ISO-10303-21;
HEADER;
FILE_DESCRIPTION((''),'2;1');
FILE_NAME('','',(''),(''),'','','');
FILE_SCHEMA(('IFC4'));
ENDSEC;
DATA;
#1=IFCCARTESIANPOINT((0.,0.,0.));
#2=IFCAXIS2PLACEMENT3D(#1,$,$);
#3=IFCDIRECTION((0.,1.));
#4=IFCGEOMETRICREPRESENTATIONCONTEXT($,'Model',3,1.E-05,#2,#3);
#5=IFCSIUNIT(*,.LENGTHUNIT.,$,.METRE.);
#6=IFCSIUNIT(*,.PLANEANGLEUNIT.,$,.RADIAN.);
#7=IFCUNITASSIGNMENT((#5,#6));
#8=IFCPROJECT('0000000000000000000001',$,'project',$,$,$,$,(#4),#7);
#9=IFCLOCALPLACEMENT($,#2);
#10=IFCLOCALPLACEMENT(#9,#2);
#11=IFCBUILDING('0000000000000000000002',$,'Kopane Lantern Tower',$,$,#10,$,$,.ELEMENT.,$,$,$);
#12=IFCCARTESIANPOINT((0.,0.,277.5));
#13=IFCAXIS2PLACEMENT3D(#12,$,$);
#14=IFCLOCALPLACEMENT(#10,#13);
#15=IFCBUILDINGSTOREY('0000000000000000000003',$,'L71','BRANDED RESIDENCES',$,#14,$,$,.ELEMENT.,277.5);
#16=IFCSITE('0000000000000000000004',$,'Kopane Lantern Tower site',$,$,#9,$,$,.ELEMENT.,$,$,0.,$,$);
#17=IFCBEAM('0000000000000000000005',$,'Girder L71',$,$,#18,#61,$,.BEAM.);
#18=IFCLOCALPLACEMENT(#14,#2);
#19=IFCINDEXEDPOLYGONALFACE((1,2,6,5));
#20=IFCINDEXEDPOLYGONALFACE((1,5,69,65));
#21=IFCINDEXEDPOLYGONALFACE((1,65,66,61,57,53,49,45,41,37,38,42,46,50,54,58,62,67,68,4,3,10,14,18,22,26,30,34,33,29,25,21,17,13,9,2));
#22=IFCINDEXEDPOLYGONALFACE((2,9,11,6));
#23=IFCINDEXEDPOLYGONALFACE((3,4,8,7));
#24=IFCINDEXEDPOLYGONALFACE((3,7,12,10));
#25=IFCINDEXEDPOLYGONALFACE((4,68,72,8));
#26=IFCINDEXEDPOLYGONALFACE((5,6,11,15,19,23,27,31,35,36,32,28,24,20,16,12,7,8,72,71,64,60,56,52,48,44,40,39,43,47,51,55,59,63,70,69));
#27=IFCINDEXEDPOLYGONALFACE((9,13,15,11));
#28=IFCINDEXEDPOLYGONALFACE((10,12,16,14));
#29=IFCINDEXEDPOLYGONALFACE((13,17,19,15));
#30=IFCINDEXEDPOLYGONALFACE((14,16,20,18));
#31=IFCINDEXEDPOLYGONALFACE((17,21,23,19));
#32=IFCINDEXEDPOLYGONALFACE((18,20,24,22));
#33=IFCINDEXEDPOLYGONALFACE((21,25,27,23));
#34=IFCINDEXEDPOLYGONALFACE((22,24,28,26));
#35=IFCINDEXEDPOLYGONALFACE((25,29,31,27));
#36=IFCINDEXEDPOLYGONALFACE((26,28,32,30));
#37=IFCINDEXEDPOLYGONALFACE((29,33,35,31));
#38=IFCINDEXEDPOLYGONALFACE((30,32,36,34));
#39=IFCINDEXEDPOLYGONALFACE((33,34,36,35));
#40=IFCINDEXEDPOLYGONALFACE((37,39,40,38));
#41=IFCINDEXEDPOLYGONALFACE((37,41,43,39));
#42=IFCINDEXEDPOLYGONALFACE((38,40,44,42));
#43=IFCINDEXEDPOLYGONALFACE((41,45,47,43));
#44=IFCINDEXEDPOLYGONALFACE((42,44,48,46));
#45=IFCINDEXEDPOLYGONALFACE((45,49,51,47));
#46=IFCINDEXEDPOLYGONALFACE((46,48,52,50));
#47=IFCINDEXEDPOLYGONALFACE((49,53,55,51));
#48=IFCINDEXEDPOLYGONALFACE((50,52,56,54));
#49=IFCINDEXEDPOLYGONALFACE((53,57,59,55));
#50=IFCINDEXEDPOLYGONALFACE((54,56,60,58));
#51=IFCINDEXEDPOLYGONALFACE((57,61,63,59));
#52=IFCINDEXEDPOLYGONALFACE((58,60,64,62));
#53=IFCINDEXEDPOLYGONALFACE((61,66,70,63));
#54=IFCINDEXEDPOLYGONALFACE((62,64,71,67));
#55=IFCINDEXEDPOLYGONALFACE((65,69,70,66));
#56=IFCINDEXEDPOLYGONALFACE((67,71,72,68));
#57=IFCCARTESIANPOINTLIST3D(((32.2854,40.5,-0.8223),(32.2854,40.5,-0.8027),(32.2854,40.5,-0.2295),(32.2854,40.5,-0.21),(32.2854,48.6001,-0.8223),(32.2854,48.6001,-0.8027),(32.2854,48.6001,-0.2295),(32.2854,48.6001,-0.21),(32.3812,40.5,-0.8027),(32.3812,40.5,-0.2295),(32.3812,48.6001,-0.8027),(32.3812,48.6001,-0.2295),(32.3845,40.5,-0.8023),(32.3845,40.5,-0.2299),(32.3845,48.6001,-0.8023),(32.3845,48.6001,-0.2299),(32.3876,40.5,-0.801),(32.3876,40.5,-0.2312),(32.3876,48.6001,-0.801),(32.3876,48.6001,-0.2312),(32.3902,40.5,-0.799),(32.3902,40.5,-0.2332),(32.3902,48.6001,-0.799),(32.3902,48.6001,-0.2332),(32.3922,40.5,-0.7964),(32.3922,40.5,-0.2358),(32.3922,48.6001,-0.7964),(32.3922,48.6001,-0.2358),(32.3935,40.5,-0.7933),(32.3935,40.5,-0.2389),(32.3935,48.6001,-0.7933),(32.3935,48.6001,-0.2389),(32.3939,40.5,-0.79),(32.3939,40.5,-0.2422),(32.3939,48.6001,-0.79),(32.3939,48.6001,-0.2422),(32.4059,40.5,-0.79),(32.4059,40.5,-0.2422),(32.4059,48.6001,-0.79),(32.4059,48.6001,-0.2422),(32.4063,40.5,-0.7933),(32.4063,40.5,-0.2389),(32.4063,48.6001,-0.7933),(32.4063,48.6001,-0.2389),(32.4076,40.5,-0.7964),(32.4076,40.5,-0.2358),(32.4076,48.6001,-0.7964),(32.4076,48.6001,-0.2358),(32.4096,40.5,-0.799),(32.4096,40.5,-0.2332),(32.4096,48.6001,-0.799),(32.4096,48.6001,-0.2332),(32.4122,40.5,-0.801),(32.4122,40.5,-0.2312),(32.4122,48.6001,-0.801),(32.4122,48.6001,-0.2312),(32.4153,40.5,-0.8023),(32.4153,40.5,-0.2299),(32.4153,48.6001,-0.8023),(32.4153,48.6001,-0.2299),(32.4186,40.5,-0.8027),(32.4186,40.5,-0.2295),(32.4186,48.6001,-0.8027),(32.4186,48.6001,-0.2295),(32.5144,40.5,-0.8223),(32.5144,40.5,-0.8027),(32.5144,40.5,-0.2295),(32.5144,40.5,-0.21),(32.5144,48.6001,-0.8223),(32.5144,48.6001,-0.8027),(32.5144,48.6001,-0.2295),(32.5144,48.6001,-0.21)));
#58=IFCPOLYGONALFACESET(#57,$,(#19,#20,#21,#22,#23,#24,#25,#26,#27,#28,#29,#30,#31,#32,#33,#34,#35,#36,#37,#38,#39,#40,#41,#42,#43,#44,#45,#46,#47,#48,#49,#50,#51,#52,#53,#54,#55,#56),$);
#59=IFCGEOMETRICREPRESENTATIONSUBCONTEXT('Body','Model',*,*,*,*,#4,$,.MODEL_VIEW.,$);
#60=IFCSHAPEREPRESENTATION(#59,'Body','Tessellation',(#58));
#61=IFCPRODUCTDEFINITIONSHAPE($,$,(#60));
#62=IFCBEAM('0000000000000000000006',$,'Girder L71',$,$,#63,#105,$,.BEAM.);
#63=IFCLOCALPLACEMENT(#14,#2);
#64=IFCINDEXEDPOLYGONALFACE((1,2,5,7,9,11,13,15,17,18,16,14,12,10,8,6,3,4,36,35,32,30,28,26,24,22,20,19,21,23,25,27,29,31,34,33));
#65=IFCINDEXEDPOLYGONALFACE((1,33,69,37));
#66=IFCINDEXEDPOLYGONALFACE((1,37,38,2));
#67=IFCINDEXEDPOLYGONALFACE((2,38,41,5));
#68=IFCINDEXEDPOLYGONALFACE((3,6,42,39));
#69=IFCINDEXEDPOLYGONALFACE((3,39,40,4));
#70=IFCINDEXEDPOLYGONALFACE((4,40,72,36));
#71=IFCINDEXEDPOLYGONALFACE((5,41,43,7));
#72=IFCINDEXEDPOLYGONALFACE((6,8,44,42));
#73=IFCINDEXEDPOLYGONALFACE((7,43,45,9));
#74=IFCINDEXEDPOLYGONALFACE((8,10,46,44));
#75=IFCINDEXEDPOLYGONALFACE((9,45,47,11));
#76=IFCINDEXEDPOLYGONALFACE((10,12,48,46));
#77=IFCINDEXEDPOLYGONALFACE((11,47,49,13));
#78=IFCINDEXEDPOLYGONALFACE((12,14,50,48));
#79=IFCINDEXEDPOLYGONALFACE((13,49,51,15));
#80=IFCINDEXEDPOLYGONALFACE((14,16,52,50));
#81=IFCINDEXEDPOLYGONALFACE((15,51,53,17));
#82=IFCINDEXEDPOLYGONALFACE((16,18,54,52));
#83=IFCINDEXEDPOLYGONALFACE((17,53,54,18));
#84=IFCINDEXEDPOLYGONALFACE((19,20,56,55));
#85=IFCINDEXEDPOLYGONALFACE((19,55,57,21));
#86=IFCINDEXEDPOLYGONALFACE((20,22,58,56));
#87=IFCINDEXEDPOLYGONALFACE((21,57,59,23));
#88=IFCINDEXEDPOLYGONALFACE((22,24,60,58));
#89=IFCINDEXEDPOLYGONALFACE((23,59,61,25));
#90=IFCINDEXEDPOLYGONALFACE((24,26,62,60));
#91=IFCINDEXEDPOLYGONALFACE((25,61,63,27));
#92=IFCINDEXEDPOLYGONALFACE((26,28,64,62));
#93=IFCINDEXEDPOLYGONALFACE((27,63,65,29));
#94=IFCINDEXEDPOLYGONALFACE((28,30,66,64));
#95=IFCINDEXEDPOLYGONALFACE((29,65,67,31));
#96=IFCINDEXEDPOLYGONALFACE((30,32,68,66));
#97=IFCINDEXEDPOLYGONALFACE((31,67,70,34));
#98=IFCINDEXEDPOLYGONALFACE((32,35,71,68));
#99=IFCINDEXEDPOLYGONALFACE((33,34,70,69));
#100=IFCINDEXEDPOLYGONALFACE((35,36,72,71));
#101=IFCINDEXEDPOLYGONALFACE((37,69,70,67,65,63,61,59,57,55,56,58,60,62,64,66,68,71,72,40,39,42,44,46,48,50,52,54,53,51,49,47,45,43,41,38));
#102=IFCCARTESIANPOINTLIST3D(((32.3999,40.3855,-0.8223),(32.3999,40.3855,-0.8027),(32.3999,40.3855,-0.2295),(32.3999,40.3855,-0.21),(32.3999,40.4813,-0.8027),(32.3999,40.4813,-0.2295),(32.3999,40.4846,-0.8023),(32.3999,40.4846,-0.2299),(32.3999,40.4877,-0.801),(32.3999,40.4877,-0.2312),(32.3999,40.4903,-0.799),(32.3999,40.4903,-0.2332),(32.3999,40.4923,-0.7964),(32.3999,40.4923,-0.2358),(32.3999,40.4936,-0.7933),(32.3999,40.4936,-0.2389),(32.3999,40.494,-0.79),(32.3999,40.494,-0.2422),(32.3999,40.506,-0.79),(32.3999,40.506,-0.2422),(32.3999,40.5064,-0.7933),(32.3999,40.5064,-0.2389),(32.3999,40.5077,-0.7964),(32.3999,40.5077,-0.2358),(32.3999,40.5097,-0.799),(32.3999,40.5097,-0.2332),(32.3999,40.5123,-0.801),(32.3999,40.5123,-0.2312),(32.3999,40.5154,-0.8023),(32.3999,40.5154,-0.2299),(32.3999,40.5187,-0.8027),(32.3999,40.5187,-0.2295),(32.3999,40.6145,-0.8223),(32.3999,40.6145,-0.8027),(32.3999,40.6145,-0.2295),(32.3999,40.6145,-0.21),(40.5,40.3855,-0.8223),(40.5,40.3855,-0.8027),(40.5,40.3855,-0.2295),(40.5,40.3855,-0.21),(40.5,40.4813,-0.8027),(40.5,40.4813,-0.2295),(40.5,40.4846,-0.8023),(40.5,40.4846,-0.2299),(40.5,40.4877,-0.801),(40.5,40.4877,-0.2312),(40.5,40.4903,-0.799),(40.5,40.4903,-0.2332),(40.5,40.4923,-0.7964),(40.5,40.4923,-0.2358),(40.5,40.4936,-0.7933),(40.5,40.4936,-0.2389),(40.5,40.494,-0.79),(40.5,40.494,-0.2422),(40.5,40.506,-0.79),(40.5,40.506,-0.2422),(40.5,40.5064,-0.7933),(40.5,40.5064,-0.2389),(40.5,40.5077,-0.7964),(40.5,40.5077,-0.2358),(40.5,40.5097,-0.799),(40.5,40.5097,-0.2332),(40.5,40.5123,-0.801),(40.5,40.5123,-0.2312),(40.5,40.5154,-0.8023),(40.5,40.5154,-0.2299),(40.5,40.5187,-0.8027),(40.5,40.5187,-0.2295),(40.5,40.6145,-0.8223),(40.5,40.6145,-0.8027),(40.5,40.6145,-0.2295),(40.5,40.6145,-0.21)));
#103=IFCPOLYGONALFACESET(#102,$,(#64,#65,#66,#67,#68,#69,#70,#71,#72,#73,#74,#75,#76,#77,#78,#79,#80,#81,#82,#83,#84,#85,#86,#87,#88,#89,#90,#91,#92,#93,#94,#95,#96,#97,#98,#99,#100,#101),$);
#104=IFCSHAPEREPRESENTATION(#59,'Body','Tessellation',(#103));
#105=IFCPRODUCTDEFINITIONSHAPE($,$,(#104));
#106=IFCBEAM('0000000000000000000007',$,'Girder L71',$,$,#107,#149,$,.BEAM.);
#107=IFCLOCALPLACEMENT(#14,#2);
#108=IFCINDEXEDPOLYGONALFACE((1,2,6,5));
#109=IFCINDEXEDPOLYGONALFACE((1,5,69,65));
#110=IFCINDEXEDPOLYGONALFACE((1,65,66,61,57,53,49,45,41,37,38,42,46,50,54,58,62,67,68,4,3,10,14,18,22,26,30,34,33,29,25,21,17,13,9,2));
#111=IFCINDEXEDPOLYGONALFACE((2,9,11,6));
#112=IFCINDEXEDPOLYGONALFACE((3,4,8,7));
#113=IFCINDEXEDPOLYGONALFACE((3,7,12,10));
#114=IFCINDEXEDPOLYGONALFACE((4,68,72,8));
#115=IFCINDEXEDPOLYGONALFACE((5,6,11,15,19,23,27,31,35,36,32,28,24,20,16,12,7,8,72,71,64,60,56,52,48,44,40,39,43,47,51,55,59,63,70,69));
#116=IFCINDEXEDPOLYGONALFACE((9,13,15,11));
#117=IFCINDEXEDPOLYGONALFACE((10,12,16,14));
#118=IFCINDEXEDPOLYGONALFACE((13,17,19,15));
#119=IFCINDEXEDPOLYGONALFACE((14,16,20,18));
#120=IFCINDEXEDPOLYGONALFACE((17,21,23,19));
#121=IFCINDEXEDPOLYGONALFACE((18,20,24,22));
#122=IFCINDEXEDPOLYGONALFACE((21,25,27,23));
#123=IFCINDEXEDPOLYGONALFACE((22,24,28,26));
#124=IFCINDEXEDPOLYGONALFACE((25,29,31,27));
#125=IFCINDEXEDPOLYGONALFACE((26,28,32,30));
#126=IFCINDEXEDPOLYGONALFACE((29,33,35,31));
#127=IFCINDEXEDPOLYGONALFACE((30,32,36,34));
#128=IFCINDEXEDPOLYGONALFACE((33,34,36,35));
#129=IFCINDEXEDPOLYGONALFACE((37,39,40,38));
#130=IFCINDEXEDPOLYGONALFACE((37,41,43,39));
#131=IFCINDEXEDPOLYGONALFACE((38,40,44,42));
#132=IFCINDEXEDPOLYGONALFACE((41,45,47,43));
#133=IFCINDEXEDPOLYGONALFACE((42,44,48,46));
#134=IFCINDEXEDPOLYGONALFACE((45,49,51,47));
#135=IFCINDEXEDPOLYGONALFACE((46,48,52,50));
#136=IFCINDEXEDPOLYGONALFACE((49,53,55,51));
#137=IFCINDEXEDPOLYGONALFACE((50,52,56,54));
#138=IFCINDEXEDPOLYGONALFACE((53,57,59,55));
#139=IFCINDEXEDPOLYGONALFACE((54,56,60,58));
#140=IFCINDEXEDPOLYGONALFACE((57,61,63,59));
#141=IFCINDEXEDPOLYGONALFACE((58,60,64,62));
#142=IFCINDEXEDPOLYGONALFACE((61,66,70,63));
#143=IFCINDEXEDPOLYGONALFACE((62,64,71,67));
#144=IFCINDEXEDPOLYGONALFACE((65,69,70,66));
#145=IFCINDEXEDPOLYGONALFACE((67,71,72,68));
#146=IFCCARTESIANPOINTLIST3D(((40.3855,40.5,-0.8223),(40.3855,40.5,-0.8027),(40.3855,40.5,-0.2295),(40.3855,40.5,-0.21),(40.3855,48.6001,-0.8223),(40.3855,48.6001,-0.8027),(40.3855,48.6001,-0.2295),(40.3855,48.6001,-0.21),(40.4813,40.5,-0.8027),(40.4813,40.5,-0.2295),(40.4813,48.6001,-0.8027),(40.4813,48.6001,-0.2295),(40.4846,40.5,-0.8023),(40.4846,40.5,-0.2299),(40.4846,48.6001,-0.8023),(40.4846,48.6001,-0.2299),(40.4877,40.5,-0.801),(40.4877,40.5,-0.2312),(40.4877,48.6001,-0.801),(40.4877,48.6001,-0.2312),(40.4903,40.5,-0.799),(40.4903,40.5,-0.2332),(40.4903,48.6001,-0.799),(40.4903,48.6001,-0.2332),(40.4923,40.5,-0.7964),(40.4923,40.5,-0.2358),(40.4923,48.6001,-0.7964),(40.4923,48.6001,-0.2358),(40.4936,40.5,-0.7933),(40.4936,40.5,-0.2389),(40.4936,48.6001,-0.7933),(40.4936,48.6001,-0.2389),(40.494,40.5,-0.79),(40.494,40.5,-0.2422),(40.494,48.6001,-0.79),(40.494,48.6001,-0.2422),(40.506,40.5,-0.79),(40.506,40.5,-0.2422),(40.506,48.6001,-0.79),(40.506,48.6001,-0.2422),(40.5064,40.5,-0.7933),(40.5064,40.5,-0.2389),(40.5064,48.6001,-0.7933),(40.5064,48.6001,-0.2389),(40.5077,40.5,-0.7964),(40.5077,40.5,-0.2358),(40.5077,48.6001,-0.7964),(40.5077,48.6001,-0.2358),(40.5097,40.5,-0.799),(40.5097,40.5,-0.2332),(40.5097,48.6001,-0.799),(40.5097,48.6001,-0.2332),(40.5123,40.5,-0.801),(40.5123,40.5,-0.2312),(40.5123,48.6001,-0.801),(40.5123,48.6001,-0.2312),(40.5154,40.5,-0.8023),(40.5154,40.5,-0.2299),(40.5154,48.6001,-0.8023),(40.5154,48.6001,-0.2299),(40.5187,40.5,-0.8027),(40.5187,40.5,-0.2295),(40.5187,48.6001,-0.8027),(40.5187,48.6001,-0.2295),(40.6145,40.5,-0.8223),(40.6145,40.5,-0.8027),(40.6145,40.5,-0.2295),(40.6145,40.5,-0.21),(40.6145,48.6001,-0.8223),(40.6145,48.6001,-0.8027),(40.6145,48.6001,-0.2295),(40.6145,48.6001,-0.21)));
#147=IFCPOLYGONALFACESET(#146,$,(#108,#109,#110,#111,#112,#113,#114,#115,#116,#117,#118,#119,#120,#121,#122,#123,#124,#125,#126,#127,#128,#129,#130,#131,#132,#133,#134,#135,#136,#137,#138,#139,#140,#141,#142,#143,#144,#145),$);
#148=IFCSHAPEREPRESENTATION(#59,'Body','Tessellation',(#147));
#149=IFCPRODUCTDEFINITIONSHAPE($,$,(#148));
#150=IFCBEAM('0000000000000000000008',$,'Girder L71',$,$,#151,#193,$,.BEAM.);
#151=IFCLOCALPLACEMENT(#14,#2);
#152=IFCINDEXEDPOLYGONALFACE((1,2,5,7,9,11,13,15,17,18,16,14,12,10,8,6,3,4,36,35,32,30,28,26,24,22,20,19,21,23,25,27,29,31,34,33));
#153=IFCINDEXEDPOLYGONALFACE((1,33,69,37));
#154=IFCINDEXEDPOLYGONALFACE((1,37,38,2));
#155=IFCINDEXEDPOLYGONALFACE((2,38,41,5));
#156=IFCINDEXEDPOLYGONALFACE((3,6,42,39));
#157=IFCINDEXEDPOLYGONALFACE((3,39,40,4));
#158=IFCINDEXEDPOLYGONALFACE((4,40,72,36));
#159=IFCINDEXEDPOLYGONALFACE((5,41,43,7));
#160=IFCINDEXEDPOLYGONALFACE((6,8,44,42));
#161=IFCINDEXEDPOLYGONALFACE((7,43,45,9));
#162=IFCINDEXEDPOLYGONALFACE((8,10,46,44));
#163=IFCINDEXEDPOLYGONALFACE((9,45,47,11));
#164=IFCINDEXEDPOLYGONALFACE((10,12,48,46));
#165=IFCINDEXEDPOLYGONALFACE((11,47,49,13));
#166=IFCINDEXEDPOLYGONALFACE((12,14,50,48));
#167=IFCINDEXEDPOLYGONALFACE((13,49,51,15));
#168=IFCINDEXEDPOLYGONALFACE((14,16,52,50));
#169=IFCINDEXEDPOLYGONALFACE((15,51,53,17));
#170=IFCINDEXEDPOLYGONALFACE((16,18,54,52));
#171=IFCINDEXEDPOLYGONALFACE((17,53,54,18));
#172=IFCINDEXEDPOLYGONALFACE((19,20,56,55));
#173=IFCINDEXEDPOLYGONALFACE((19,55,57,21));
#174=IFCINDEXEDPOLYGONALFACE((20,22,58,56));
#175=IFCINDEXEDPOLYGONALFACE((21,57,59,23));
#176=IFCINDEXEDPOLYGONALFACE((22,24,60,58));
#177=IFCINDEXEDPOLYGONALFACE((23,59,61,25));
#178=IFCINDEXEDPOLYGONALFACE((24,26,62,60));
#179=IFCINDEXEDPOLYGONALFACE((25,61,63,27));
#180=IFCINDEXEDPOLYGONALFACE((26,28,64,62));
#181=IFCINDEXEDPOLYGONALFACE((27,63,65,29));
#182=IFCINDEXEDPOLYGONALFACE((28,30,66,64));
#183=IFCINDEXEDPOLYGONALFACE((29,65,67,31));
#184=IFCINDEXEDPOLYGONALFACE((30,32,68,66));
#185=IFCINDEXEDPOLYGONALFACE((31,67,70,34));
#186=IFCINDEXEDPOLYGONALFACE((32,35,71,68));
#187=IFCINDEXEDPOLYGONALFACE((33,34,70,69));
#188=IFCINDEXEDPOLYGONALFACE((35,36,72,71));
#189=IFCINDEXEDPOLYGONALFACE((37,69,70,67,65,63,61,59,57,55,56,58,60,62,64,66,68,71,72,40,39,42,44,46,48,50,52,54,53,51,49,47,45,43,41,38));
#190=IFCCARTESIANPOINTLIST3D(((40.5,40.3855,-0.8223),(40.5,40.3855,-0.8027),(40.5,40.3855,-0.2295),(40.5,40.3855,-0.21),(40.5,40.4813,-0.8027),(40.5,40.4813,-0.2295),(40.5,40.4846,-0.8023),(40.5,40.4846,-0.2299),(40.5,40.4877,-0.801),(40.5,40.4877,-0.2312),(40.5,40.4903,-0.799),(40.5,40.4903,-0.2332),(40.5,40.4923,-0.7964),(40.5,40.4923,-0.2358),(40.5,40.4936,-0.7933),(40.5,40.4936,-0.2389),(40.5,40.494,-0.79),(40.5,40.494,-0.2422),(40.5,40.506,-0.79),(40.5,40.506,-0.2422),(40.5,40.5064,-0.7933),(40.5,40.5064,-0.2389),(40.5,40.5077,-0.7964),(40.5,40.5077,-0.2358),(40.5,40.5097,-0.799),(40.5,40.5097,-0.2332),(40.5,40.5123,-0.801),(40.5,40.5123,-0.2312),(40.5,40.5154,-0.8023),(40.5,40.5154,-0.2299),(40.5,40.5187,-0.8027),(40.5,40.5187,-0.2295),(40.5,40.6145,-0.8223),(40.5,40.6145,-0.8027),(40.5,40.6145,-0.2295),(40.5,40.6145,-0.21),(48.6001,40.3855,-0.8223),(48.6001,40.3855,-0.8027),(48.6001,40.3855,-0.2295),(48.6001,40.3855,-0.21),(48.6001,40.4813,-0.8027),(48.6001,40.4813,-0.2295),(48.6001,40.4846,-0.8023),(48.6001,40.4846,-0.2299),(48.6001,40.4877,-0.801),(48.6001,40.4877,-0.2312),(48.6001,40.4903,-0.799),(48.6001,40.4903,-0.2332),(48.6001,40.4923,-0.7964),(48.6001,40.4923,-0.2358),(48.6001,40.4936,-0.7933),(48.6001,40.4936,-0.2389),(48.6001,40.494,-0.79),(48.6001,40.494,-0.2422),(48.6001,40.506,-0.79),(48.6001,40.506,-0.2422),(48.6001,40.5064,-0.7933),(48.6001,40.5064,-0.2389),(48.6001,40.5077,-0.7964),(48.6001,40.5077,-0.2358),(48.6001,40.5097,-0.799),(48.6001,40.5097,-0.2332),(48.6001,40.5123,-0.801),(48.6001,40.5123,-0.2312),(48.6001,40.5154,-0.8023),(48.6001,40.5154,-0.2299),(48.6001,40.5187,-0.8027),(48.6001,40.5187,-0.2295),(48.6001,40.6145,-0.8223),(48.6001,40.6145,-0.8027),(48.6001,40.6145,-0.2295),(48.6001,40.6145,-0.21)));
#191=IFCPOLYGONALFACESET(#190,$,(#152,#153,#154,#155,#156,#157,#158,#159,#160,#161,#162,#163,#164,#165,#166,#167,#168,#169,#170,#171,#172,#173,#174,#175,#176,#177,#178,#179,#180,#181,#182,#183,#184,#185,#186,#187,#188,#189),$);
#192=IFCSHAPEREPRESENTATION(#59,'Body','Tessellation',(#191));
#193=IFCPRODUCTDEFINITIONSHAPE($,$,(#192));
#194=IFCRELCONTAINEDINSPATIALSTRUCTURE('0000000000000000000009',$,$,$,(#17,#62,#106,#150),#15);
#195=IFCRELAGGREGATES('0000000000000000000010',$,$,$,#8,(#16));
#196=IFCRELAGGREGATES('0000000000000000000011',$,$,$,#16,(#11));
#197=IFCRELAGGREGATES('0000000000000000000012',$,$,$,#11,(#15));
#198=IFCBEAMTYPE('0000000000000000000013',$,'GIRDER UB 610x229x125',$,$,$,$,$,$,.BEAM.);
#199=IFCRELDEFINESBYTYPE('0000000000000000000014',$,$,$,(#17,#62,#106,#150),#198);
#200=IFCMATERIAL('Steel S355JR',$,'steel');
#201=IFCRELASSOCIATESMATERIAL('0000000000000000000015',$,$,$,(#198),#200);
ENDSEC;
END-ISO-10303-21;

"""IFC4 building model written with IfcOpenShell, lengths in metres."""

from ifc_helpers import new_model, si_unit, direction, frame, origin, origin_2d, place, context, subcontext, project, spatial, i_section, extrude, material, material_profile, profile_set, type_object, element, save


model = new_model("IFC4")

# Units and contexts
model_context = context("Model", 3, precision=1e-05, world=origin(), true_north=direction((0.0, 1.0)))
body_context = subcontext(model_context, "Body", "Model", "MODEL_VIEW")
ifc_project = project(units=[si_unit("LENGTHUNIT", "METRE"), si_unit("PLANEANGLEUNIT", "RADIAN")], contexts=[model_context])

# Site, building, storey
site_placement = place(None, origin())
site = spatial("IfcSite", under=ifc_project, at=site_placement, Name="Kopane Lantern Tower site", CompositionType="ELEMENT", RefElevation=0.0)
building_placement = place(site_placement, origin())
building = spatial("IfcBuilding", under=site, at=building_placement, Name="Kopane Lantern Tower", CompositionType="ELEMENT")
storey_placement = place(building_placement, frame((0.0, 0.0, 277.5)))
storey = spatial("IfcBuildingStorey", under=building, at=storey_placement, Name="L71", Description="BRANDED RESIDENCES", CompositionType="ELEMENT", Elevation=277.5)

# Beams
ifc_material_1 = material(Name="Steel S355JR", Category="steel")
ifc_material_profile_1 = material_profile(ifc_material_1, i_section(OverallWidth=0.229, OverallDepth=0.6123, WebThickness=0.012, FlangeThickness=0.0195, FilletRadius=0.0127, at=origin_2d()), Name="UB 610x229x125")
ifc_profile_set_1 = profile_set([ifc_material_profile_1], Name="Steel S355JR")
beam_type = type_object("IfcBeamType", Name="GIRDER UB 610x229x125", PredefinedType="BEAM", material=ifc_profile_set_1)
for number, where, z_axis, x_axis, name in (
    (1, (32.3999, 40.5, -0.5161), (0.0, 1.0, 0.0), (-1.0, 0.0, 0.0), "Girder L71"),
    (2, (32.3999, 40.5, -0.5161), (1.0, 0.0, 0.0), (0.0, 1.0, 0.0), "Girder L71"),
    (3, (40.5, 40.5, -0.5161), (0.0, 1.0, 0.0), (-1.0, 0.0, 0.0), "Girder L71"),
    (4, (40.5, 40.5, -0.5161), (1.0, 0.0, 0.0), (0.0, 1.0, 0.0), "Girder L71"),
):
    element("IfcBeam", number, at=place(storey_placement, frame(where, z_axis=z_axis, x_axis=x_axis)), inside=storey, type_object=beam_type, Name=name, PredefinedType="BEAM", context=body_context, shape_type="SweptSolid", body=[
        extrude(i_section(OverallWidth=0.229, OverallDepth=0.6123, WebThickness=0.012, FlangeThickness=0.0195, FilletRadius=0.0127, at=origin_2d()), origin(), (0.0, 0.0, 1.0), 8.1001),
    ])

save(model, "model.ifc")
